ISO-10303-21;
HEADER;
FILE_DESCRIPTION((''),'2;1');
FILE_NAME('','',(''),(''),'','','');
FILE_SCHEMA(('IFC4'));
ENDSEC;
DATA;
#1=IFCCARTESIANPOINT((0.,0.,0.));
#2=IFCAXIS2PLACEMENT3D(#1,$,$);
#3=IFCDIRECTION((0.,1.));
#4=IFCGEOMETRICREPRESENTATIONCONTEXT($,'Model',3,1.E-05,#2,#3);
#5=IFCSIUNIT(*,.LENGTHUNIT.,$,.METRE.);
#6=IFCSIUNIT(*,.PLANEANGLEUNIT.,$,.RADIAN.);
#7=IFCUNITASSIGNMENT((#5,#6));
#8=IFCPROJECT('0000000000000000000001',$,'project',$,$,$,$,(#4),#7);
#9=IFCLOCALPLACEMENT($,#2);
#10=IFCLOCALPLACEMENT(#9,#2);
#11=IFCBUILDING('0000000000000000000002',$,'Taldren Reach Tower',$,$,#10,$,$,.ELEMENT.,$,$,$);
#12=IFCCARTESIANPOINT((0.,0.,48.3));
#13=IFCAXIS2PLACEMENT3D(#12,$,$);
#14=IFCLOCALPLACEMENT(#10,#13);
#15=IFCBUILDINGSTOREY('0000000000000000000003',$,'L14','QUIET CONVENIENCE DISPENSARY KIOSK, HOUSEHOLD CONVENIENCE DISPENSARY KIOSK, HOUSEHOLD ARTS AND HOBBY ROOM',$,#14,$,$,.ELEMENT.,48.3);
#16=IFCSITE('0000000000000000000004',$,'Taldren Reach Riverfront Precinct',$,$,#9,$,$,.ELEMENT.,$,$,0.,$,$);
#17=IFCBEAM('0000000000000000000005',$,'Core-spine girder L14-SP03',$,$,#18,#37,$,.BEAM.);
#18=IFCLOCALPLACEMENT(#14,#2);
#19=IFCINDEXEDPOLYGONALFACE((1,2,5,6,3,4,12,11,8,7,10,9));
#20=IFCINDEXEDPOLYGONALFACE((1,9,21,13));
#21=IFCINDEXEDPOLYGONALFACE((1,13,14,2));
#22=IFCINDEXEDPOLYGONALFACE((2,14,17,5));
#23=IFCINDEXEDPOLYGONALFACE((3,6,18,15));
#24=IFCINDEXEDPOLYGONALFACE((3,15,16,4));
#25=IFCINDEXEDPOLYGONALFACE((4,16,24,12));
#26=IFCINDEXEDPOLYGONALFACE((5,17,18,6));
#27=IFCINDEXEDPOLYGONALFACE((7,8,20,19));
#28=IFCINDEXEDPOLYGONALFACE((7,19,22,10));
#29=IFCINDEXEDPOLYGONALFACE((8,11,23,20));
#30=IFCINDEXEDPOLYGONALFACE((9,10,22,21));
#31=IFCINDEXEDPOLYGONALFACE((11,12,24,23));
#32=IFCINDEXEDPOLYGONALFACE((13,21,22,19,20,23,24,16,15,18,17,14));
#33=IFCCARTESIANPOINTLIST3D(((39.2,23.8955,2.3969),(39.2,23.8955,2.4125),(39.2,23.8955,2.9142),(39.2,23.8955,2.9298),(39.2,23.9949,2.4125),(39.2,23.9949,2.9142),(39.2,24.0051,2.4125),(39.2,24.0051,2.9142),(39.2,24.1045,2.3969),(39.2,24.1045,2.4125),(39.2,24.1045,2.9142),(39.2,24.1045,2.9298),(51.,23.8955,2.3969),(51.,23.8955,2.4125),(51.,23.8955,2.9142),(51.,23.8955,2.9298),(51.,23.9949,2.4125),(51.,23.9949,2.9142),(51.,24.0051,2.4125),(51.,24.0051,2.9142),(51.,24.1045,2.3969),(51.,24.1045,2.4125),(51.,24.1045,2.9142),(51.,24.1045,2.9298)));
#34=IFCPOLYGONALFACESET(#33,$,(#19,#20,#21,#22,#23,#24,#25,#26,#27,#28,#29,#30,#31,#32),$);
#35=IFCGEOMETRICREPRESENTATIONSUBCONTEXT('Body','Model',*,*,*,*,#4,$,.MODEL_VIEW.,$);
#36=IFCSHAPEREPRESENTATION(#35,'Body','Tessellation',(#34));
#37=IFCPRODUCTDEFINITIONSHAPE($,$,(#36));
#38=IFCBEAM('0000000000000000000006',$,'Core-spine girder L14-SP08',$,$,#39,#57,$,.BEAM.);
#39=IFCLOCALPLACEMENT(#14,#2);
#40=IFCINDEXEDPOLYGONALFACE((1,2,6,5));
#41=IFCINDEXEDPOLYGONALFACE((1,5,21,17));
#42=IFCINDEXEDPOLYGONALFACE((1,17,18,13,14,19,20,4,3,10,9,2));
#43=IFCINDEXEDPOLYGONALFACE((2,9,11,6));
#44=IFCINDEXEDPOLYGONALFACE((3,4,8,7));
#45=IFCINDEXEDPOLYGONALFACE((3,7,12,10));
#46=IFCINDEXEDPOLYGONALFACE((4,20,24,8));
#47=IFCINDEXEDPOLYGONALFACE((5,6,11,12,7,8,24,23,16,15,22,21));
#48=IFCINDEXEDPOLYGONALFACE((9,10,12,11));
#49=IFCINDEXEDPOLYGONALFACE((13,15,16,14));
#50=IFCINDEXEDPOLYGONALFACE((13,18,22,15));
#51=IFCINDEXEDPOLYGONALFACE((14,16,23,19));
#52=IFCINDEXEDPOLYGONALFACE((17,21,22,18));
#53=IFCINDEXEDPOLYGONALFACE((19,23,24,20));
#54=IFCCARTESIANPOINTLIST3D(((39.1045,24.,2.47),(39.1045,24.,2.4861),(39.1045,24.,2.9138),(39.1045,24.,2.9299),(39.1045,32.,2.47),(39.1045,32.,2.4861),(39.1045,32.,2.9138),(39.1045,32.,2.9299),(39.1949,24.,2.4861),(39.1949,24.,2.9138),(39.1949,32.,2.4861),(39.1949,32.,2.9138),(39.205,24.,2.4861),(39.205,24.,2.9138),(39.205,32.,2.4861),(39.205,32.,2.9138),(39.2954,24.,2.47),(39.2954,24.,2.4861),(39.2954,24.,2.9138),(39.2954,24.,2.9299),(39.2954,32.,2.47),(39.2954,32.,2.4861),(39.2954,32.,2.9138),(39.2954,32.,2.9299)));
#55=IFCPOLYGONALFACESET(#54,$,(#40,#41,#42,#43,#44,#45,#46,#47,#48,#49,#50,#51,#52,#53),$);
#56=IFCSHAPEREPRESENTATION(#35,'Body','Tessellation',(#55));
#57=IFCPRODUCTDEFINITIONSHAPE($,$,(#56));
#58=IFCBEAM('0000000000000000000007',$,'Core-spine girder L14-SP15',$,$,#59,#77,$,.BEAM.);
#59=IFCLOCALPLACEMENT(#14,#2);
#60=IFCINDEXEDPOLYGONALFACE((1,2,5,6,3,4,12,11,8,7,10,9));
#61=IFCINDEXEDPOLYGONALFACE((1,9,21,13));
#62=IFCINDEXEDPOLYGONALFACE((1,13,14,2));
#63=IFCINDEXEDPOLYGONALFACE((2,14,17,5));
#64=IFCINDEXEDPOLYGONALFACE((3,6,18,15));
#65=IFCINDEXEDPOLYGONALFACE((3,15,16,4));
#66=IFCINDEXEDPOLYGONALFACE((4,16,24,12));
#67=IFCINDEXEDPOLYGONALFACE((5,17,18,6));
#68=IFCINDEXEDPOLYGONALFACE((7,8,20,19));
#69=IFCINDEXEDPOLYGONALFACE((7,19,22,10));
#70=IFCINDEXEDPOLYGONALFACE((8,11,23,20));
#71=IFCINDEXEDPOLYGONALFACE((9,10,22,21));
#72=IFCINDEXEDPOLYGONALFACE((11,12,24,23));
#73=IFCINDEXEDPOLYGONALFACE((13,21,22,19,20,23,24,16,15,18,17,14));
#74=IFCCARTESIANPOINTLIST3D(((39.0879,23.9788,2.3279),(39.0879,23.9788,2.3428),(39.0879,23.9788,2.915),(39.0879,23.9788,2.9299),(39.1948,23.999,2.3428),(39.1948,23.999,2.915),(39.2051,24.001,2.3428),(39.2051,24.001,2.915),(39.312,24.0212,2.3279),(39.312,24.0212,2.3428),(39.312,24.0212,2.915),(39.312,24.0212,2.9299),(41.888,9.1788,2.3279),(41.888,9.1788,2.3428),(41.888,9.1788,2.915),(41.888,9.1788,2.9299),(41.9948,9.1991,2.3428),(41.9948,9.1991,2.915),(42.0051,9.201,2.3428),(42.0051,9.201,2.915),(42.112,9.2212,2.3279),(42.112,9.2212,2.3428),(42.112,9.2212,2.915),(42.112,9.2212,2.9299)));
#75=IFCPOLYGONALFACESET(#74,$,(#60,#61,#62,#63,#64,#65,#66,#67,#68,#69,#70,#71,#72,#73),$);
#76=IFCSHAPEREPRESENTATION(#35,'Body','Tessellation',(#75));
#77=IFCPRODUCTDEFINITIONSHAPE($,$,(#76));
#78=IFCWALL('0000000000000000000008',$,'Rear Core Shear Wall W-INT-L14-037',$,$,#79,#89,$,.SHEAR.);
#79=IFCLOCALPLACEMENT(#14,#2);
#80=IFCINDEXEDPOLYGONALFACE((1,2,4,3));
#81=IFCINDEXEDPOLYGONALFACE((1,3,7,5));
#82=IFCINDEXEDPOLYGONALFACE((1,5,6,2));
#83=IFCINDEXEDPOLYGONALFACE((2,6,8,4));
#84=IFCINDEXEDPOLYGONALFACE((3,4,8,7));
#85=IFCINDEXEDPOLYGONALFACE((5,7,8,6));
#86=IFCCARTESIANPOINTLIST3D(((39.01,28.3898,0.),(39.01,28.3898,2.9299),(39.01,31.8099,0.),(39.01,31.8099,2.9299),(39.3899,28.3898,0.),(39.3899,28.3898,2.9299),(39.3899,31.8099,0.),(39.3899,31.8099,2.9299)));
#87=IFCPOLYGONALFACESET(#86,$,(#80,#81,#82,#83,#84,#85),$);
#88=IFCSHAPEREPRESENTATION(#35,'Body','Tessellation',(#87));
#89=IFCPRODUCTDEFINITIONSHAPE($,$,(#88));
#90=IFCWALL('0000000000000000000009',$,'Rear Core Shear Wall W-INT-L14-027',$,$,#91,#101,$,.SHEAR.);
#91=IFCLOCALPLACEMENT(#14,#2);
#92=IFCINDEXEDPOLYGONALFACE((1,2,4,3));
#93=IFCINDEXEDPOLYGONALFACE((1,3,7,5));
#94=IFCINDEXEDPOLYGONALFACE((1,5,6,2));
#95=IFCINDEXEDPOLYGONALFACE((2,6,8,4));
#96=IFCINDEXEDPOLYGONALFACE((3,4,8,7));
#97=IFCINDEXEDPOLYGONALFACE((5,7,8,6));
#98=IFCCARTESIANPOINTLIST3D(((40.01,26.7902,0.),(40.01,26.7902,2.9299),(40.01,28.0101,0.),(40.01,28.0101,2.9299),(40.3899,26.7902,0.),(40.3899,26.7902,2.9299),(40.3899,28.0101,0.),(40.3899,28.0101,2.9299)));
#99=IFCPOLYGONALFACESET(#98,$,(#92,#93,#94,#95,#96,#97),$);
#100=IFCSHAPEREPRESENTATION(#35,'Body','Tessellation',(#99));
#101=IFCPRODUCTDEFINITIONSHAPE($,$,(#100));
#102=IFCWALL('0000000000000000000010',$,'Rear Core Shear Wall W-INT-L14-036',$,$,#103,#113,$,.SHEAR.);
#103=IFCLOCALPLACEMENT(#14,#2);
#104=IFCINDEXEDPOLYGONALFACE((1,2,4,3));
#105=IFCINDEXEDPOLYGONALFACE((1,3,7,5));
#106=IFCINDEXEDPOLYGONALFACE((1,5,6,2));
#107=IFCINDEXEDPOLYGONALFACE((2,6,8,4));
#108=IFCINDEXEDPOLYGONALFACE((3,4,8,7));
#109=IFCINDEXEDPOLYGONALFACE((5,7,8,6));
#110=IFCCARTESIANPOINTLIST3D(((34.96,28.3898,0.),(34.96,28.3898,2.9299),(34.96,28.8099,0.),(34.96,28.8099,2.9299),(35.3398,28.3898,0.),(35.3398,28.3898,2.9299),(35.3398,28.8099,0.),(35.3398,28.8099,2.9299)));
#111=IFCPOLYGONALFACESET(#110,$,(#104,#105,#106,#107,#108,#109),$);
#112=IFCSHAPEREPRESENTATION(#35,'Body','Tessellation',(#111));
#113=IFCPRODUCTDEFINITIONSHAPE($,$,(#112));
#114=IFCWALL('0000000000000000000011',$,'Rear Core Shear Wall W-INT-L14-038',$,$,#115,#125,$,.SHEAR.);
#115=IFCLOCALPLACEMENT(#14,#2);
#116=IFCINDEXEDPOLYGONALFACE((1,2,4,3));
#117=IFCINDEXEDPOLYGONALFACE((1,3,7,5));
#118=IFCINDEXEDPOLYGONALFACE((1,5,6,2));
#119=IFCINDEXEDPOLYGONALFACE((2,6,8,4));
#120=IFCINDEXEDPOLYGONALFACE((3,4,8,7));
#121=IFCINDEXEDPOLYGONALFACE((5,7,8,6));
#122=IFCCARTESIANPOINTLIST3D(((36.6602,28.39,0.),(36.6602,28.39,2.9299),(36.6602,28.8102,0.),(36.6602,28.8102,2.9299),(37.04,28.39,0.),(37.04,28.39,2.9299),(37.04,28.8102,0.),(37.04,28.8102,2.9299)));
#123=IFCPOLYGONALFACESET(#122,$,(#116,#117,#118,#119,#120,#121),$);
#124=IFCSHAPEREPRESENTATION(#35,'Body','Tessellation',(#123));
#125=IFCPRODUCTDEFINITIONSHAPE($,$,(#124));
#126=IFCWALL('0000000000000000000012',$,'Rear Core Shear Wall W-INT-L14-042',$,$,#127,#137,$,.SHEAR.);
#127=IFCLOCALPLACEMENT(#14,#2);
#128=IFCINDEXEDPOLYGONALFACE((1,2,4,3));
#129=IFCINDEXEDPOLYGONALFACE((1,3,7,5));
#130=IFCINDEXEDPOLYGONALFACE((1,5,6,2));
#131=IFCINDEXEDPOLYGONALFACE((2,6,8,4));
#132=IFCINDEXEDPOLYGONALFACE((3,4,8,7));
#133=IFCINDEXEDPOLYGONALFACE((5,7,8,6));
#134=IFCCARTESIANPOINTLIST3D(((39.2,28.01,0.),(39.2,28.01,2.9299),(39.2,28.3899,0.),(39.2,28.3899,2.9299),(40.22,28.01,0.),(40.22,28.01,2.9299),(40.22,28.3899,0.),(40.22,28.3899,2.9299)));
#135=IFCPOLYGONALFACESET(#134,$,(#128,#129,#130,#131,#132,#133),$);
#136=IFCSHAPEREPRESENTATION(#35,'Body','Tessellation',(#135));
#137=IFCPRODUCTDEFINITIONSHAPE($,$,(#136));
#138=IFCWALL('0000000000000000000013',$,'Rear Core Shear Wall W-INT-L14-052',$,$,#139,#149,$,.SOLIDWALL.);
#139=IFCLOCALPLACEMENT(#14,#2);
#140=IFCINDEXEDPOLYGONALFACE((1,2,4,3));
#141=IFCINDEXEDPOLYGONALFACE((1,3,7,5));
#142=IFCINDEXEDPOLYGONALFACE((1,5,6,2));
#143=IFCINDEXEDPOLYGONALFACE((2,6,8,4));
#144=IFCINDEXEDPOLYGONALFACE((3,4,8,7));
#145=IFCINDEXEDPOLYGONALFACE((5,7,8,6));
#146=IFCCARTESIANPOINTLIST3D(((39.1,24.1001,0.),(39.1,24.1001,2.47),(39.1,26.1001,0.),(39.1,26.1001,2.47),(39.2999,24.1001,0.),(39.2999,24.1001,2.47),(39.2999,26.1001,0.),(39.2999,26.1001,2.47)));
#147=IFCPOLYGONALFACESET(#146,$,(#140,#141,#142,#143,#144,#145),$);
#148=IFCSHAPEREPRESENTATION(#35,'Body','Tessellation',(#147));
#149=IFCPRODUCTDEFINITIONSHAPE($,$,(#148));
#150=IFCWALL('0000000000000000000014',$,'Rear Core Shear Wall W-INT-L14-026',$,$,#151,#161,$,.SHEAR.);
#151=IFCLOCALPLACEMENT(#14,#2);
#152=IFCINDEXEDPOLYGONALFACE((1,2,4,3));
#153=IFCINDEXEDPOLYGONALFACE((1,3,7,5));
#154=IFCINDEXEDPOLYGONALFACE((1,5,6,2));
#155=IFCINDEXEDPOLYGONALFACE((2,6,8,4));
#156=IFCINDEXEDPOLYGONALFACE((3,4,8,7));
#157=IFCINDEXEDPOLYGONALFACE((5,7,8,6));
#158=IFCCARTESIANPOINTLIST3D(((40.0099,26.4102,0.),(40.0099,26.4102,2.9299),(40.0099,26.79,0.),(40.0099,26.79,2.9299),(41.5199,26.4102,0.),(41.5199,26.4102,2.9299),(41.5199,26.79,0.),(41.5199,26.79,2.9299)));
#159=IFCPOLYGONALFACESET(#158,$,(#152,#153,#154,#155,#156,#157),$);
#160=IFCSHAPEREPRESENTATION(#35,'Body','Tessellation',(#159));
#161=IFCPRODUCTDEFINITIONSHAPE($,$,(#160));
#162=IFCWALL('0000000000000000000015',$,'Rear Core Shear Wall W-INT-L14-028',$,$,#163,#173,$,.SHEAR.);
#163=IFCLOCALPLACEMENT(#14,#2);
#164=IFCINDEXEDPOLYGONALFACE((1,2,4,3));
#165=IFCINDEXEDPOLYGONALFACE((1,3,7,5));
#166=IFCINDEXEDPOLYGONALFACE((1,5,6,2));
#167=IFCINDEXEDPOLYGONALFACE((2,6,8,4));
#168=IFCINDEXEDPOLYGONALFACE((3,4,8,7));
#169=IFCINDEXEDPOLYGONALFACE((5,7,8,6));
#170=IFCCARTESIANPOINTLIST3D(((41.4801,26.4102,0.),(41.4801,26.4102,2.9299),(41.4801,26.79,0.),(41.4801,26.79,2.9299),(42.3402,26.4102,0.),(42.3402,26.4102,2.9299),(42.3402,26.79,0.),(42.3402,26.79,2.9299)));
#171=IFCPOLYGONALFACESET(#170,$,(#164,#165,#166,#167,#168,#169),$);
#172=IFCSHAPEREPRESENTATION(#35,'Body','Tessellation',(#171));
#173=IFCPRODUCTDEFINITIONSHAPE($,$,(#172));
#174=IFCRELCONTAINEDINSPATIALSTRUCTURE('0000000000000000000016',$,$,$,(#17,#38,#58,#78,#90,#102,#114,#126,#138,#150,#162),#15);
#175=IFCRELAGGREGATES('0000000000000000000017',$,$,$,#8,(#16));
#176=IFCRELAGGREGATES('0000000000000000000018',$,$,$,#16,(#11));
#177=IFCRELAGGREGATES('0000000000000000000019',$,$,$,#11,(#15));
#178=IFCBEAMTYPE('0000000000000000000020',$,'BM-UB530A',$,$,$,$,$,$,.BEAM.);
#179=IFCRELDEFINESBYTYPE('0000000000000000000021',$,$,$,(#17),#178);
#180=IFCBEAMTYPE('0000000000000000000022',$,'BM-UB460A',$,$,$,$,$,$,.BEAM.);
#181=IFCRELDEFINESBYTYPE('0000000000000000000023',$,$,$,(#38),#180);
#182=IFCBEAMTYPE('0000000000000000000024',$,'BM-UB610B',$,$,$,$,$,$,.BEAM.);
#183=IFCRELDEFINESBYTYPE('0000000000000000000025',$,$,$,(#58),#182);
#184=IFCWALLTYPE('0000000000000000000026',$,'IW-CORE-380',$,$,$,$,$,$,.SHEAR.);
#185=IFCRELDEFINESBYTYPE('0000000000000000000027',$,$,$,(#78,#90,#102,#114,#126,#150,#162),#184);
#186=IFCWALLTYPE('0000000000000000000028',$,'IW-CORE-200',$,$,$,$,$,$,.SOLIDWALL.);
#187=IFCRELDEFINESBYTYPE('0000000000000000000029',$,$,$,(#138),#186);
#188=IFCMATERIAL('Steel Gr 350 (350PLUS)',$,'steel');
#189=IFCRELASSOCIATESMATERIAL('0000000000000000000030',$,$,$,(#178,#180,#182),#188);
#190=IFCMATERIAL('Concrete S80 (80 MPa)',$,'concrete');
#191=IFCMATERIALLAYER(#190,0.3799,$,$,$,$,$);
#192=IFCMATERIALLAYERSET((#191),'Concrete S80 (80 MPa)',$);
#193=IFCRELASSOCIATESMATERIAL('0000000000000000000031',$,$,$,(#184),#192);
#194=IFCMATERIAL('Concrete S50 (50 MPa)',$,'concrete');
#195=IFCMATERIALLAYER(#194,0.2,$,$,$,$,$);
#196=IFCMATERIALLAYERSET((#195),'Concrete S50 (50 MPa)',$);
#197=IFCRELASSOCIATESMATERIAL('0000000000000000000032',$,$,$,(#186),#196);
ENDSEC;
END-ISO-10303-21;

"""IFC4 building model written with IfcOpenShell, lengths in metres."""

from ifc_helpers import new_model, si_unit, direction, frame, frame_2d, origin, origin_2d, place, context, subcontext, project, spatial, rectangle, i_section, extrude, source, transform, mapped, material, layer, layer_set, material_profile, profile_set, type_object, element, save


model = new_model("IFC4")

# Units and contexts
model_context = context("Model", 3, precision=1e-05, world=origin(), true_north=direction((0.0, 1.0)))
body_context = subcontext(model_context, "Body", "Model", "MODEL_VIEW")
ifc_project = project(units=[si_unit("LENGTHUNIT", "METRE"), si_unit("PLANEANGLEUNIT", "RADIAN")], contexts=[model_context])

# Site, building, storey
site_placement = place(None, origin())
site = spatial("IfcSite", under=ifc_project, at=site_placement, Name="Taldren Reach Riverfront Precinct", CompositionType="ELEMENT", RefElevation=0.0)
building_placement = place(site_placement, origin())
building = spatial("IfcBuilding", under=site, at=building_placement, Name="Taldren Reach Tower", CompositionType="ELEMENT")
storey_placement = place(building_placement, frame((0.0, 0.0, 48.3)))
storey = spatial("IfcBuildingStorey", under=building, at=storey_placement, Name="L14", Description="QUIET CONVENIENCE DISPENSARY KIOSK, HOUSEHOLD CONVENIENCE DISPENSARY KIOSK, HOUSEHOLD ARTS AND HOBBY ROOM", CompositionType="ELEMENT", Elevation=48.3)

# Beams
ifc_material_1 = material(Name="Steel Gr 350 (350PLUS)", Category="steel")
ifc_material_profile_1 = material_profile(ifc_material_1, i_section(OverallWidth=0.209, OverallDepth=0.533, WebThickness=0.0103, FlangeThickness=0.0156, at=origin_2d()), Name="530UB92.4")
ifc_profile_set_1 = profile_set([ifc_material_profile_1], Name="Steel Gr 350 (350PLUS)")
beam_type_1 = type_object("IfcBeamType", Name="BM-UB530A", PredefinedType="BEAM", material=ifc_profile_set_1)
shared_shape_1 = source(origin(), body_context, "Body", "SweptSolid", [
    extrude(i_section(OverallWidth=0.209, OverallDepth=0.533, WebThickness=0.0103, FlangeThickness=0.0156, at=origin_2d()), origin(), (0.0, 0.0, 1.0), 11.8),
])
beam_1_placement = place(storey_placement, frame((39.2, 24.0, 2.6633), z_axis=(1.0, 0.0, 0.0), x_axis=(0.0, 1.0, 0.0)))
element("IfcBeam", 1, at=beam_1_placement, inside=storey, type_object=beam_type_1, Name="Core-spine girder L14-SP03", PredefinedType="BEAM", context=body_context, shape_type="MappedRepresentation", body=[
    mapped(shared_shape_1, transform((0.0, 0.0, 0.0), scale=1.0)),
])
ifc_material_profile_2 = material_profile(ifc_material_1, i_section(OverallWidth=0.1909, OverallDepth=0.46, WebThickness=0.01, FlangeThickness=0.0161, at=origin_2d()), Name="460UB82.1")
ifc_profile_set_2 = profile_set([ifc_material_profile_2], Name="Steel Gr 350 (350PLUS)")
beam_type_2 = type_object("IfcBeamType", Name="BM-UB460A", PredefinedType="BEAM", material=ifc_profile_set_2)
shared_shape_2 = source(origin(), body_context, "Body", "SweptSolid", [
    extrude(i_section(OverallWidth=0.1909, OverallDepth=0.46, WebThickness=0.01, FlangeThickness=0.0161, at=origin_2d()), origin(), (0.0, 0.0, 1.0), 8.0),
])
beam_2_placement = place(storey_placement, frame((39.2, 24.0, 2.7), z_axis=(0.0, 1.0, 0.0), x_axis=(-1.0, 0.0, 0.0)))
element("IfcBeam", 2, at=beam_2_placement, inside=storey, type_object=beam_type_2, Name="Core-spine girder L14-SP08", PredefinedType="BEAM", context=body_context, shape_type="MappedRepresentation", body=[
    mapped(shared_shape_2, transform((0.0, 0.0, 0.0), scale=1.0)),
])
ifc_material_profile_3 = material_profile(ifc_material_1, i_section(OverallWidth=0.228, OverallDepth=0.6021, WebThickness=0.0105, FlangeThickness=0.0149, at=origin_2d()), Name="610UB101")
ifc_profile_set_3 = profile_set([ifc_material_profile_3], Name="Steel Gr 350 (350PLUS)")
beam_type_3 = type_object("IfcBeamType", Name="BM-UB610B", PredefinedType="BEAM", material=ifc_profile_set_3)
shared_shape_3 = source(origin(), body_context, "Body", "SweptSolid", [
    extrude(i_section(OverallWidth=0.228, OverallDepth=0.6021, WebThickness=0.0105, FlangeThickness=0.0149, at=origin_2d()), origin(), (0.0, 0.0, 1.0), 15.0625),
])
beam_3_placement = place(storey_placement, frame((39.2, 24.0, 2.6289), z_axis=(0.185894, -0.98257, 0.0), x_axis=(0.98257, 0.185894, 0.0)))
element("IfcBeam", 3, at=beam_3_placement, inside=storey, type_object=beam_type_3, Name="Core-spine girder L14-SP15", PredefinedType="BEAM", context=body_context, shape_type="MappedRepresentation", body=[
    mapped(shared_shape_3, transform((0.0, 0.0, 0.0), scale=1.0)),
])

# Walls
ifc_material_2 = material(Name="Concrete S80 (80 MPa)", Category="concrete")
ifc_layer_1 = layer(ifc_material_2, 0.3799)
ifc_layer_set_1 = layer_set([ifc_layer_1], Name="Concrete S80 (80 MPa)")
wall_type_1 = type_object("IfcWallType", Name="IW-CORE-380", PredefinedType="SHEAR", material=ifc_layer_set_1)
shared_shape_4 = source(origin(), body_context, "Body", "SweptSolid", [
    extrude(rectangle(XDim=3.4202, YDim=0.3799, at=frame_2d((1.71, 0.0))), origin(), (0.0, 0.0, 1.0), 2.9299),
])
wall_1_placement = place(storey_placement, frame((39.2, 28.3899, 0.0), z_axis=(0.0, 0.0, 1.0), x_axis=(0.0, 1.0, 0.0)))
element("IfcWall", 4, at=wall_1_placement, inside=storey, type_object=wall_type_1, Name="Rear Core Shear Wall W-INT-L14-037", PredefinedType="SHEAR", context=body_context, shape_type="MappedRepresentation", body=[
    mapped(shared_shape_4, transform((0.0, 0.0, 0.0), scale=1.0)),
])
shared_shape_5 = source(origin(), body_context, "Body", "SweptSolid", [
    extrude(rectangle(XDim=1.22, YDim=0.3799, at=frame_2d((0.6099, 0.0))), origin(), (0.0, 0.0, 1.0), 2.9299),
])
wall_2_placement = place(storey_placement, frame((40.2, 28.01, 0.0), z_axis=(0.0, 0.0, 1.0), x_axis=(0.0, -1.0, 0.0)))
element("IfcWall", 5, at=wall_2_placement, inside=storey, type_object=wall_type_1, Name="Rear Core Shear Wall W-INT-L14-027", PredefinedType="SHEAR", context=body_context, shape_type="MappedRepresentation", body=[
    mapped(shared_shape_5, transform((0.0, 0.0, 0.0), scale=1.0)),
])
shared_shape_6 = source(origin(), body_context, "Body", "SweptSolid", [
    extrude(rectangle(XDim=0.4202, YDim=0.3799, at=frame_2d((0.21, 0.0))), origin(), (0.0, 0.0, 1.0), 2.9299),
])
for number, where, z_axis, x_axis, name in (
    (6, (35.1499, 28.3899, 0.0), (0.0, 0.0, 1.0), (0.0, 1.0, 0.0), "Rear Core Shear Wall W-INT-L14-036"),
    (7, (36.8501, 28.8101, 0.0), (0.0, 0.0, 1.0), (0.0, -1.0, 0.0), "Rear Core Shear Wall W-INT-L14-038"),
):
    element("IfcWall", number, at=place(storey_placement, frame(where, z_axis=z_axis, x_axis=x_axis)), inside=storey, type_object=wall_type_1, Name=name, PredefinedType="SHEAR", context=body_context, shape_type="MappedRepresentation", body=[
        mapped(shared_shape_6, transform((0.0, 0.0, 0.0), scale=1.0)),
    ])
shared_shape_7 = source(origin(), body_context, "Body", "SweptSolid", [
    extrude(rectangle(XDim=1.02, YDim=0.3799, at=frame_2d((0.51, 0.0))), origin(), (0.0, 0.0, 1.0), 2.9299),
])
wall_3_placement = place(storey_placement, frame((39.2, 28.2, 0.0), z_axis=(0.0, 0.0, 1.0), x_axis=(1.0, 0.0, 0.0)))
element("IfcWall", 8, at=wall_3_placement, inside=storey, type_object=wall_type_1, Name="Rear Core Shear Wall W-INT-L14-042", PredefinedType="SHEAR", context=body_context, shape_type="MappedRepresentation", body=[
    mapped(shared_shape_7, transform((0.0, 0.0, 0.0), scale=1.0)),
])
ifc_material_3 = material(Name="Concrete S50 (50 MPa)", Category="concrete")
ifc_layer_2 = layer(ifc_material_3, 0.2)
ifc_layer_set_2 = layer_set([ifc_layer_2], Name="Concrete S50 (50 MPa)")
wall_type_2 = type_object("IfcWallType", Name="IW-CORE-200", PredefinedType="SOLIDWALL", material=ifc_layer_set_2)
shared_shape_8 = source(origin(), body_context, "Body", "SweptSolid", [
    extrude(rectangle(XDim=2.0, YDim=0.2, at=frame_2d((1.0, 0.0))), origin(), (0.0, 0.0, 1.0), 2.47),
])
wall_4_placement = place(storey_placement, frame((39.2, 26.1001, 0.0), z_axis=(0.0, 0.0, 1.0), x_axis=(0.0, -1.0, 0.0)))
element("IfcWall", 9, at=wall_4_placement, inside=storey, type_object=wall_type_2, Name="Rear Core Shear Wall W-INT-L14-052", PredefinedType="SOLIDWALL", context=body_context, shape_type="MappedRepresentation", body=[
    mapped(shared_shape_8, transform((0.0, 0.0, 0.0), scale=1.0)),
])
shared_shape_9 = source(origin(), body_context, "Body", "SweptSolid", [
    extrude(rectangle(XDim=1.51, YDim=0.3799, at=frame_2d((0.7549, 0.0))), origin(), (0.0, 0.0, 1.0), 2.9299),
])
wall_5_placement = place(storey_placement, frame((40.01, 26.6001, 0.0), z_axis=(0.0, 0.0, 1.0), x_axis=(1.0, 0.0, 0.0)))
element("IfcWall", 10, at=wall_5_placement, inside=storey, type_object=wall_type_1, Name="Rear Core Shear Wall W-INT-L14-026", PredefinedType="SHEAR", context=body_context, shape_type="MappedRepresentation", body=[
    mapped(shared_shape_9, transform((0.0, 0.0, 0.0), scale=1.0)),
])
shared_shape_10 = source(origin(), body_context, "Body", "SweptSolid", [
    extrude(rectangle(XDim=0.8601, YDim=0.3799, at=frame_2d((0.4302, 0.0))), origin(), (0.0, 0.0, 1.0), 2.9299),
])
wall_6_placement = place(storey_placement, frame((41.48, 26.6001, 0.0), z_axis=(0.0, 0.0, 1.0), x_axis=(1.0, 0.0, 0.0)))
element("IfcWall", 11, at=wall_6_placement, inside=storey, type_object=wall_type_1, Name="Rear Core Shear Wall W-INT-L14-028", PredefinedType="SHEAR", context=body_context, shape_type="MappedRepresentation", body=[
    mapped(shared_shape_10, transform((0.0, 0.0, 0.0), scale=1.0)),
])

save(model, "model.ifc")
